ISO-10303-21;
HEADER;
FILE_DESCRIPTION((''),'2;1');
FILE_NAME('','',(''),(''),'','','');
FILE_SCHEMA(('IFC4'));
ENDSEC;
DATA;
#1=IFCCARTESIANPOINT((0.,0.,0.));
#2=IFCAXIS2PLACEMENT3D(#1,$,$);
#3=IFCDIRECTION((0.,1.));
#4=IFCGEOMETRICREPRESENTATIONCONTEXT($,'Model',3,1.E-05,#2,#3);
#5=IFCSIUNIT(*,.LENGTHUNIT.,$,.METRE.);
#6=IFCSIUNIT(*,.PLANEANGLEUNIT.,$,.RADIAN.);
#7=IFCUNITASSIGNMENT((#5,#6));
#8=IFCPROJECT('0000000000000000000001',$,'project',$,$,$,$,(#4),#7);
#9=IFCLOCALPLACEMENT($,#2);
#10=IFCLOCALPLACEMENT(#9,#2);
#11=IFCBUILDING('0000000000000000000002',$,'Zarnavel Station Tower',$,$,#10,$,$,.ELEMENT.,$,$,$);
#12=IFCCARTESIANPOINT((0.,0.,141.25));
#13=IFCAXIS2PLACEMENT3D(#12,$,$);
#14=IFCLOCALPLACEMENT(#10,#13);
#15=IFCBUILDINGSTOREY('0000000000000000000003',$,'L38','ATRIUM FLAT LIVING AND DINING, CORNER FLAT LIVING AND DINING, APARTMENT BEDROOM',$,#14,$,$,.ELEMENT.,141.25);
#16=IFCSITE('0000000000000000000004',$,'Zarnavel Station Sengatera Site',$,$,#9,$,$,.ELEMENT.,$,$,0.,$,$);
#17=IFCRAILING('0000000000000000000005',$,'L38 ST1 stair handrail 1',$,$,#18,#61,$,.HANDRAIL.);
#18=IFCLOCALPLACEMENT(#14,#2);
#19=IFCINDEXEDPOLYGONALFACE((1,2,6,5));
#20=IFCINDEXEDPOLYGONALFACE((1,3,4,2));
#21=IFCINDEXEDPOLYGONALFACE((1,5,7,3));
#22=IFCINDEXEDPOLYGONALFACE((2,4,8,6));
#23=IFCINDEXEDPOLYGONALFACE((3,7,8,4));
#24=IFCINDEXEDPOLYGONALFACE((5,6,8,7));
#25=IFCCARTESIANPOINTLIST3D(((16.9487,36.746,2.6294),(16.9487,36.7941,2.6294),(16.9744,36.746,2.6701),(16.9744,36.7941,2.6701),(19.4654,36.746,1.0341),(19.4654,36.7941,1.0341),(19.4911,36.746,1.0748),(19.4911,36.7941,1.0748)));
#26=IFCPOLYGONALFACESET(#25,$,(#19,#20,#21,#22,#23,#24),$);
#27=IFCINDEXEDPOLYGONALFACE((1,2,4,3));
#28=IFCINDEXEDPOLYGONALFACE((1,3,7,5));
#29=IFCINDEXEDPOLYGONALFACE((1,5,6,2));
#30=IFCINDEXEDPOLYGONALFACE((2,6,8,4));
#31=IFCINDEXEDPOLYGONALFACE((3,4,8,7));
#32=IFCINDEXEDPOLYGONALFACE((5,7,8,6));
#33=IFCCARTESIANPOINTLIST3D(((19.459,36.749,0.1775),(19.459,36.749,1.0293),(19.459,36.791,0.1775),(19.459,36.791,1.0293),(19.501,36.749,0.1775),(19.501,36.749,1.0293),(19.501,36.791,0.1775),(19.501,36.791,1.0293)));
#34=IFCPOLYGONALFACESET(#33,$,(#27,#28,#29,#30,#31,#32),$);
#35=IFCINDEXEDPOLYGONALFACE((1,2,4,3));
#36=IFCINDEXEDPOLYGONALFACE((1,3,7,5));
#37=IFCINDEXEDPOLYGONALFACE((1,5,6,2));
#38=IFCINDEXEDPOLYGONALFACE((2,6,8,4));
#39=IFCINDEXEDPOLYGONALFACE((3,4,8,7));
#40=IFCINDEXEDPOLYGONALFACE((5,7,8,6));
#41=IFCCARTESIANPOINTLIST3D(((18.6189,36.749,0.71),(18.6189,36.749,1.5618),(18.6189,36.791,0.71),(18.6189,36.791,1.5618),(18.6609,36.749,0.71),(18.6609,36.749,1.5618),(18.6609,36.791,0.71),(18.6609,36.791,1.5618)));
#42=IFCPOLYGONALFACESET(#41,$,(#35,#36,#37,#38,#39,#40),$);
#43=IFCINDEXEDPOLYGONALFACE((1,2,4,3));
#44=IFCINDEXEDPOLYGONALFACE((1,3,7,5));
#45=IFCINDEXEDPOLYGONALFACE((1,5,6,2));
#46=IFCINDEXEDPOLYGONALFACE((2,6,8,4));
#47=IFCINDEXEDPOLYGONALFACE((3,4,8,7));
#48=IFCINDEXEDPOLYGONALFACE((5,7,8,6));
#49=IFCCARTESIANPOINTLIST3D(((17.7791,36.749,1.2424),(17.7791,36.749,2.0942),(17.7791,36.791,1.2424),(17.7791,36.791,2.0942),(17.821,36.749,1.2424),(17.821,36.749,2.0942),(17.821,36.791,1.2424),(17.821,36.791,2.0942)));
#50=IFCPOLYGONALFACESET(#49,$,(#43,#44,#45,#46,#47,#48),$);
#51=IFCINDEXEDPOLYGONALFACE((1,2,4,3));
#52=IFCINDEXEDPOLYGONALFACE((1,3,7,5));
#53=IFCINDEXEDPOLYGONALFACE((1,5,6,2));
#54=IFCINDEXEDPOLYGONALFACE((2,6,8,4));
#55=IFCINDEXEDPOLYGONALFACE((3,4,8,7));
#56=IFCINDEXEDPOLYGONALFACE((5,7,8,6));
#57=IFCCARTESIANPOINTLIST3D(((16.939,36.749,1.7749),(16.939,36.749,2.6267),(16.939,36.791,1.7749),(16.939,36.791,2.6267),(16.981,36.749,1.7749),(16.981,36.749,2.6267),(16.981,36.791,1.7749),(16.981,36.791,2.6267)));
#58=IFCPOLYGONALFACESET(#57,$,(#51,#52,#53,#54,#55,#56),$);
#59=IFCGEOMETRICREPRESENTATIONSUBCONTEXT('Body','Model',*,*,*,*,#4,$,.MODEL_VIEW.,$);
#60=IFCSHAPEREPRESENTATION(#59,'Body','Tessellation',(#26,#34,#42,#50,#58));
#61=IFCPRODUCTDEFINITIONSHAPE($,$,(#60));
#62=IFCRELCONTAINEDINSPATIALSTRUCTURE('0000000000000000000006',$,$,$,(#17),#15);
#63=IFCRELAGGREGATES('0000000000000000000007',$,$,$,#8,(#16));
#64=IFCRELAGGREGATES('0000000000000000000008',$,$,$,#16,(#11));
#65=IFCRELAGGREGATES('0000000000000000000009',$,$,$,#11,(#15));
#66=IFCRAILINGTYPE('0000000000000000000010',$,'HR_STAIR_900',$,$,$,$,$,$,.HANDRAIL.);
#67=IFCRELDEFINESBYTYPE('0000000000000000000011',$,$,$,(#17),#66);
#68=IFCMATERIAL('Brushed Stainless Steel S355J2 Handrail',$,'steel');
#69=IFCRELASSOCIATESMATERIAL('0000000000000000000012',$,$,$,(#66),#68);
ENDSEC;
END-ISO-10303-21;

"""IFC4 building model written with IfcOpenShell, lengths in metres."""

from ifc_helpers import new_model, si_unit, direction, frame, origin, origin_2d, place, context, subcontext, project, spatial, rectangle, extrude, material, type_object, element, save


model = new_model("IFC4")

# Units and contexts
model_context = context("Model", 3, precision=1e-05, world=origin(), true_north=direction((0.0, 1.0)))
body_context = subcontext(model_context, "Body", "Model", "MODEL_VIEW")
ifc_project = project(units=[si_unit("LENGTHUNIT", "METRE"), si_unit("PLANEANGLEUNIT", "RADIAN")], contexts=[model_context])

# Site, building, storey
site_placement = place(None, origin())
site = spatial("IfcSite", under=ifc_project, at=site_placement, Name="Zarnavel Station Sengatera Site", CompositionType="ELEMENT", RefElevation=0.0)
building_placement = place(site_placement, origin())
building = spatial("IfcBuilding", under=site, at=building_placement, Name="Zarnavel Station Tower", CompositionType="ELEMENT")
storey_placement = place(building_placement, frame((0.0, 0.0, 141.25)))
storey = spatial("IfcBuildingStorey", under=building, at=storey_placement, Name="L38", Description="ATRIUM FLAT LIVING AND DINING, CORNER FLAT LIVING AND DINING, APARTMENT BEDROOM", CompositionType="ELEMENT", Elevation=141.25)

# Railing
ifc_material_1 = material(Name="Brushed Stainless Steel S355J2 Handrail", Category="steel")
railing_type_1 = type_object("IfcRailingType", Name="HR_STAIR_900", PredefinedType="HANDRAIL", material=ifc_material_1)
railing_1_placement = place(storey_placement, frame((19.48, 36.77, 0.1775)))
element("IfcRailing", 1, at=railing_1_placement, inside=storey, type_object=railing_type_1, Name="L38 ST1 stair handrail 1", PredefinedType="HANDRAIL", context=body_context, shape_type="SweptSolid", body=[
    extrude(rectangle(XDim=0.0481, YDim=0.0481, at=origin_2d()), frame((-0.0017, 0.0, 0.877), z_axis=(-0.844607, 0.0, 0.535387), x_axis=(0.0, -1.0, 0.0)), (0.0, 0.0, 1.0), 2.9797),
    extrude(rectangle(XDim=0.042, YDim=0.042, at=origin_2d()), origin(), (0.0, 0.0, 1.0), 0.8518),
    extrude(rectangle(XDim=0.042, YDim=0.042, at=origin_2d()), frame((-0.8401, 0.0, 0.5325)), (0.0, 0.0, 1.0), 0.8518),
    extrude(rectangle(XDim=0.042, YDim=0.042, at=origin_2d()), frame((-1.6799, 0.0, 1.0649)), (0.0, 0.0, 1.0), 0.8518),
    extrude(rectangle(XDim=0.042, YDim=0.042, at=origin_2d()), frame((-2.52, 0.0, 1.5974)), (0.0, 0.0, 1.0), 0.8518),
])

save(model, "model.ifc")
